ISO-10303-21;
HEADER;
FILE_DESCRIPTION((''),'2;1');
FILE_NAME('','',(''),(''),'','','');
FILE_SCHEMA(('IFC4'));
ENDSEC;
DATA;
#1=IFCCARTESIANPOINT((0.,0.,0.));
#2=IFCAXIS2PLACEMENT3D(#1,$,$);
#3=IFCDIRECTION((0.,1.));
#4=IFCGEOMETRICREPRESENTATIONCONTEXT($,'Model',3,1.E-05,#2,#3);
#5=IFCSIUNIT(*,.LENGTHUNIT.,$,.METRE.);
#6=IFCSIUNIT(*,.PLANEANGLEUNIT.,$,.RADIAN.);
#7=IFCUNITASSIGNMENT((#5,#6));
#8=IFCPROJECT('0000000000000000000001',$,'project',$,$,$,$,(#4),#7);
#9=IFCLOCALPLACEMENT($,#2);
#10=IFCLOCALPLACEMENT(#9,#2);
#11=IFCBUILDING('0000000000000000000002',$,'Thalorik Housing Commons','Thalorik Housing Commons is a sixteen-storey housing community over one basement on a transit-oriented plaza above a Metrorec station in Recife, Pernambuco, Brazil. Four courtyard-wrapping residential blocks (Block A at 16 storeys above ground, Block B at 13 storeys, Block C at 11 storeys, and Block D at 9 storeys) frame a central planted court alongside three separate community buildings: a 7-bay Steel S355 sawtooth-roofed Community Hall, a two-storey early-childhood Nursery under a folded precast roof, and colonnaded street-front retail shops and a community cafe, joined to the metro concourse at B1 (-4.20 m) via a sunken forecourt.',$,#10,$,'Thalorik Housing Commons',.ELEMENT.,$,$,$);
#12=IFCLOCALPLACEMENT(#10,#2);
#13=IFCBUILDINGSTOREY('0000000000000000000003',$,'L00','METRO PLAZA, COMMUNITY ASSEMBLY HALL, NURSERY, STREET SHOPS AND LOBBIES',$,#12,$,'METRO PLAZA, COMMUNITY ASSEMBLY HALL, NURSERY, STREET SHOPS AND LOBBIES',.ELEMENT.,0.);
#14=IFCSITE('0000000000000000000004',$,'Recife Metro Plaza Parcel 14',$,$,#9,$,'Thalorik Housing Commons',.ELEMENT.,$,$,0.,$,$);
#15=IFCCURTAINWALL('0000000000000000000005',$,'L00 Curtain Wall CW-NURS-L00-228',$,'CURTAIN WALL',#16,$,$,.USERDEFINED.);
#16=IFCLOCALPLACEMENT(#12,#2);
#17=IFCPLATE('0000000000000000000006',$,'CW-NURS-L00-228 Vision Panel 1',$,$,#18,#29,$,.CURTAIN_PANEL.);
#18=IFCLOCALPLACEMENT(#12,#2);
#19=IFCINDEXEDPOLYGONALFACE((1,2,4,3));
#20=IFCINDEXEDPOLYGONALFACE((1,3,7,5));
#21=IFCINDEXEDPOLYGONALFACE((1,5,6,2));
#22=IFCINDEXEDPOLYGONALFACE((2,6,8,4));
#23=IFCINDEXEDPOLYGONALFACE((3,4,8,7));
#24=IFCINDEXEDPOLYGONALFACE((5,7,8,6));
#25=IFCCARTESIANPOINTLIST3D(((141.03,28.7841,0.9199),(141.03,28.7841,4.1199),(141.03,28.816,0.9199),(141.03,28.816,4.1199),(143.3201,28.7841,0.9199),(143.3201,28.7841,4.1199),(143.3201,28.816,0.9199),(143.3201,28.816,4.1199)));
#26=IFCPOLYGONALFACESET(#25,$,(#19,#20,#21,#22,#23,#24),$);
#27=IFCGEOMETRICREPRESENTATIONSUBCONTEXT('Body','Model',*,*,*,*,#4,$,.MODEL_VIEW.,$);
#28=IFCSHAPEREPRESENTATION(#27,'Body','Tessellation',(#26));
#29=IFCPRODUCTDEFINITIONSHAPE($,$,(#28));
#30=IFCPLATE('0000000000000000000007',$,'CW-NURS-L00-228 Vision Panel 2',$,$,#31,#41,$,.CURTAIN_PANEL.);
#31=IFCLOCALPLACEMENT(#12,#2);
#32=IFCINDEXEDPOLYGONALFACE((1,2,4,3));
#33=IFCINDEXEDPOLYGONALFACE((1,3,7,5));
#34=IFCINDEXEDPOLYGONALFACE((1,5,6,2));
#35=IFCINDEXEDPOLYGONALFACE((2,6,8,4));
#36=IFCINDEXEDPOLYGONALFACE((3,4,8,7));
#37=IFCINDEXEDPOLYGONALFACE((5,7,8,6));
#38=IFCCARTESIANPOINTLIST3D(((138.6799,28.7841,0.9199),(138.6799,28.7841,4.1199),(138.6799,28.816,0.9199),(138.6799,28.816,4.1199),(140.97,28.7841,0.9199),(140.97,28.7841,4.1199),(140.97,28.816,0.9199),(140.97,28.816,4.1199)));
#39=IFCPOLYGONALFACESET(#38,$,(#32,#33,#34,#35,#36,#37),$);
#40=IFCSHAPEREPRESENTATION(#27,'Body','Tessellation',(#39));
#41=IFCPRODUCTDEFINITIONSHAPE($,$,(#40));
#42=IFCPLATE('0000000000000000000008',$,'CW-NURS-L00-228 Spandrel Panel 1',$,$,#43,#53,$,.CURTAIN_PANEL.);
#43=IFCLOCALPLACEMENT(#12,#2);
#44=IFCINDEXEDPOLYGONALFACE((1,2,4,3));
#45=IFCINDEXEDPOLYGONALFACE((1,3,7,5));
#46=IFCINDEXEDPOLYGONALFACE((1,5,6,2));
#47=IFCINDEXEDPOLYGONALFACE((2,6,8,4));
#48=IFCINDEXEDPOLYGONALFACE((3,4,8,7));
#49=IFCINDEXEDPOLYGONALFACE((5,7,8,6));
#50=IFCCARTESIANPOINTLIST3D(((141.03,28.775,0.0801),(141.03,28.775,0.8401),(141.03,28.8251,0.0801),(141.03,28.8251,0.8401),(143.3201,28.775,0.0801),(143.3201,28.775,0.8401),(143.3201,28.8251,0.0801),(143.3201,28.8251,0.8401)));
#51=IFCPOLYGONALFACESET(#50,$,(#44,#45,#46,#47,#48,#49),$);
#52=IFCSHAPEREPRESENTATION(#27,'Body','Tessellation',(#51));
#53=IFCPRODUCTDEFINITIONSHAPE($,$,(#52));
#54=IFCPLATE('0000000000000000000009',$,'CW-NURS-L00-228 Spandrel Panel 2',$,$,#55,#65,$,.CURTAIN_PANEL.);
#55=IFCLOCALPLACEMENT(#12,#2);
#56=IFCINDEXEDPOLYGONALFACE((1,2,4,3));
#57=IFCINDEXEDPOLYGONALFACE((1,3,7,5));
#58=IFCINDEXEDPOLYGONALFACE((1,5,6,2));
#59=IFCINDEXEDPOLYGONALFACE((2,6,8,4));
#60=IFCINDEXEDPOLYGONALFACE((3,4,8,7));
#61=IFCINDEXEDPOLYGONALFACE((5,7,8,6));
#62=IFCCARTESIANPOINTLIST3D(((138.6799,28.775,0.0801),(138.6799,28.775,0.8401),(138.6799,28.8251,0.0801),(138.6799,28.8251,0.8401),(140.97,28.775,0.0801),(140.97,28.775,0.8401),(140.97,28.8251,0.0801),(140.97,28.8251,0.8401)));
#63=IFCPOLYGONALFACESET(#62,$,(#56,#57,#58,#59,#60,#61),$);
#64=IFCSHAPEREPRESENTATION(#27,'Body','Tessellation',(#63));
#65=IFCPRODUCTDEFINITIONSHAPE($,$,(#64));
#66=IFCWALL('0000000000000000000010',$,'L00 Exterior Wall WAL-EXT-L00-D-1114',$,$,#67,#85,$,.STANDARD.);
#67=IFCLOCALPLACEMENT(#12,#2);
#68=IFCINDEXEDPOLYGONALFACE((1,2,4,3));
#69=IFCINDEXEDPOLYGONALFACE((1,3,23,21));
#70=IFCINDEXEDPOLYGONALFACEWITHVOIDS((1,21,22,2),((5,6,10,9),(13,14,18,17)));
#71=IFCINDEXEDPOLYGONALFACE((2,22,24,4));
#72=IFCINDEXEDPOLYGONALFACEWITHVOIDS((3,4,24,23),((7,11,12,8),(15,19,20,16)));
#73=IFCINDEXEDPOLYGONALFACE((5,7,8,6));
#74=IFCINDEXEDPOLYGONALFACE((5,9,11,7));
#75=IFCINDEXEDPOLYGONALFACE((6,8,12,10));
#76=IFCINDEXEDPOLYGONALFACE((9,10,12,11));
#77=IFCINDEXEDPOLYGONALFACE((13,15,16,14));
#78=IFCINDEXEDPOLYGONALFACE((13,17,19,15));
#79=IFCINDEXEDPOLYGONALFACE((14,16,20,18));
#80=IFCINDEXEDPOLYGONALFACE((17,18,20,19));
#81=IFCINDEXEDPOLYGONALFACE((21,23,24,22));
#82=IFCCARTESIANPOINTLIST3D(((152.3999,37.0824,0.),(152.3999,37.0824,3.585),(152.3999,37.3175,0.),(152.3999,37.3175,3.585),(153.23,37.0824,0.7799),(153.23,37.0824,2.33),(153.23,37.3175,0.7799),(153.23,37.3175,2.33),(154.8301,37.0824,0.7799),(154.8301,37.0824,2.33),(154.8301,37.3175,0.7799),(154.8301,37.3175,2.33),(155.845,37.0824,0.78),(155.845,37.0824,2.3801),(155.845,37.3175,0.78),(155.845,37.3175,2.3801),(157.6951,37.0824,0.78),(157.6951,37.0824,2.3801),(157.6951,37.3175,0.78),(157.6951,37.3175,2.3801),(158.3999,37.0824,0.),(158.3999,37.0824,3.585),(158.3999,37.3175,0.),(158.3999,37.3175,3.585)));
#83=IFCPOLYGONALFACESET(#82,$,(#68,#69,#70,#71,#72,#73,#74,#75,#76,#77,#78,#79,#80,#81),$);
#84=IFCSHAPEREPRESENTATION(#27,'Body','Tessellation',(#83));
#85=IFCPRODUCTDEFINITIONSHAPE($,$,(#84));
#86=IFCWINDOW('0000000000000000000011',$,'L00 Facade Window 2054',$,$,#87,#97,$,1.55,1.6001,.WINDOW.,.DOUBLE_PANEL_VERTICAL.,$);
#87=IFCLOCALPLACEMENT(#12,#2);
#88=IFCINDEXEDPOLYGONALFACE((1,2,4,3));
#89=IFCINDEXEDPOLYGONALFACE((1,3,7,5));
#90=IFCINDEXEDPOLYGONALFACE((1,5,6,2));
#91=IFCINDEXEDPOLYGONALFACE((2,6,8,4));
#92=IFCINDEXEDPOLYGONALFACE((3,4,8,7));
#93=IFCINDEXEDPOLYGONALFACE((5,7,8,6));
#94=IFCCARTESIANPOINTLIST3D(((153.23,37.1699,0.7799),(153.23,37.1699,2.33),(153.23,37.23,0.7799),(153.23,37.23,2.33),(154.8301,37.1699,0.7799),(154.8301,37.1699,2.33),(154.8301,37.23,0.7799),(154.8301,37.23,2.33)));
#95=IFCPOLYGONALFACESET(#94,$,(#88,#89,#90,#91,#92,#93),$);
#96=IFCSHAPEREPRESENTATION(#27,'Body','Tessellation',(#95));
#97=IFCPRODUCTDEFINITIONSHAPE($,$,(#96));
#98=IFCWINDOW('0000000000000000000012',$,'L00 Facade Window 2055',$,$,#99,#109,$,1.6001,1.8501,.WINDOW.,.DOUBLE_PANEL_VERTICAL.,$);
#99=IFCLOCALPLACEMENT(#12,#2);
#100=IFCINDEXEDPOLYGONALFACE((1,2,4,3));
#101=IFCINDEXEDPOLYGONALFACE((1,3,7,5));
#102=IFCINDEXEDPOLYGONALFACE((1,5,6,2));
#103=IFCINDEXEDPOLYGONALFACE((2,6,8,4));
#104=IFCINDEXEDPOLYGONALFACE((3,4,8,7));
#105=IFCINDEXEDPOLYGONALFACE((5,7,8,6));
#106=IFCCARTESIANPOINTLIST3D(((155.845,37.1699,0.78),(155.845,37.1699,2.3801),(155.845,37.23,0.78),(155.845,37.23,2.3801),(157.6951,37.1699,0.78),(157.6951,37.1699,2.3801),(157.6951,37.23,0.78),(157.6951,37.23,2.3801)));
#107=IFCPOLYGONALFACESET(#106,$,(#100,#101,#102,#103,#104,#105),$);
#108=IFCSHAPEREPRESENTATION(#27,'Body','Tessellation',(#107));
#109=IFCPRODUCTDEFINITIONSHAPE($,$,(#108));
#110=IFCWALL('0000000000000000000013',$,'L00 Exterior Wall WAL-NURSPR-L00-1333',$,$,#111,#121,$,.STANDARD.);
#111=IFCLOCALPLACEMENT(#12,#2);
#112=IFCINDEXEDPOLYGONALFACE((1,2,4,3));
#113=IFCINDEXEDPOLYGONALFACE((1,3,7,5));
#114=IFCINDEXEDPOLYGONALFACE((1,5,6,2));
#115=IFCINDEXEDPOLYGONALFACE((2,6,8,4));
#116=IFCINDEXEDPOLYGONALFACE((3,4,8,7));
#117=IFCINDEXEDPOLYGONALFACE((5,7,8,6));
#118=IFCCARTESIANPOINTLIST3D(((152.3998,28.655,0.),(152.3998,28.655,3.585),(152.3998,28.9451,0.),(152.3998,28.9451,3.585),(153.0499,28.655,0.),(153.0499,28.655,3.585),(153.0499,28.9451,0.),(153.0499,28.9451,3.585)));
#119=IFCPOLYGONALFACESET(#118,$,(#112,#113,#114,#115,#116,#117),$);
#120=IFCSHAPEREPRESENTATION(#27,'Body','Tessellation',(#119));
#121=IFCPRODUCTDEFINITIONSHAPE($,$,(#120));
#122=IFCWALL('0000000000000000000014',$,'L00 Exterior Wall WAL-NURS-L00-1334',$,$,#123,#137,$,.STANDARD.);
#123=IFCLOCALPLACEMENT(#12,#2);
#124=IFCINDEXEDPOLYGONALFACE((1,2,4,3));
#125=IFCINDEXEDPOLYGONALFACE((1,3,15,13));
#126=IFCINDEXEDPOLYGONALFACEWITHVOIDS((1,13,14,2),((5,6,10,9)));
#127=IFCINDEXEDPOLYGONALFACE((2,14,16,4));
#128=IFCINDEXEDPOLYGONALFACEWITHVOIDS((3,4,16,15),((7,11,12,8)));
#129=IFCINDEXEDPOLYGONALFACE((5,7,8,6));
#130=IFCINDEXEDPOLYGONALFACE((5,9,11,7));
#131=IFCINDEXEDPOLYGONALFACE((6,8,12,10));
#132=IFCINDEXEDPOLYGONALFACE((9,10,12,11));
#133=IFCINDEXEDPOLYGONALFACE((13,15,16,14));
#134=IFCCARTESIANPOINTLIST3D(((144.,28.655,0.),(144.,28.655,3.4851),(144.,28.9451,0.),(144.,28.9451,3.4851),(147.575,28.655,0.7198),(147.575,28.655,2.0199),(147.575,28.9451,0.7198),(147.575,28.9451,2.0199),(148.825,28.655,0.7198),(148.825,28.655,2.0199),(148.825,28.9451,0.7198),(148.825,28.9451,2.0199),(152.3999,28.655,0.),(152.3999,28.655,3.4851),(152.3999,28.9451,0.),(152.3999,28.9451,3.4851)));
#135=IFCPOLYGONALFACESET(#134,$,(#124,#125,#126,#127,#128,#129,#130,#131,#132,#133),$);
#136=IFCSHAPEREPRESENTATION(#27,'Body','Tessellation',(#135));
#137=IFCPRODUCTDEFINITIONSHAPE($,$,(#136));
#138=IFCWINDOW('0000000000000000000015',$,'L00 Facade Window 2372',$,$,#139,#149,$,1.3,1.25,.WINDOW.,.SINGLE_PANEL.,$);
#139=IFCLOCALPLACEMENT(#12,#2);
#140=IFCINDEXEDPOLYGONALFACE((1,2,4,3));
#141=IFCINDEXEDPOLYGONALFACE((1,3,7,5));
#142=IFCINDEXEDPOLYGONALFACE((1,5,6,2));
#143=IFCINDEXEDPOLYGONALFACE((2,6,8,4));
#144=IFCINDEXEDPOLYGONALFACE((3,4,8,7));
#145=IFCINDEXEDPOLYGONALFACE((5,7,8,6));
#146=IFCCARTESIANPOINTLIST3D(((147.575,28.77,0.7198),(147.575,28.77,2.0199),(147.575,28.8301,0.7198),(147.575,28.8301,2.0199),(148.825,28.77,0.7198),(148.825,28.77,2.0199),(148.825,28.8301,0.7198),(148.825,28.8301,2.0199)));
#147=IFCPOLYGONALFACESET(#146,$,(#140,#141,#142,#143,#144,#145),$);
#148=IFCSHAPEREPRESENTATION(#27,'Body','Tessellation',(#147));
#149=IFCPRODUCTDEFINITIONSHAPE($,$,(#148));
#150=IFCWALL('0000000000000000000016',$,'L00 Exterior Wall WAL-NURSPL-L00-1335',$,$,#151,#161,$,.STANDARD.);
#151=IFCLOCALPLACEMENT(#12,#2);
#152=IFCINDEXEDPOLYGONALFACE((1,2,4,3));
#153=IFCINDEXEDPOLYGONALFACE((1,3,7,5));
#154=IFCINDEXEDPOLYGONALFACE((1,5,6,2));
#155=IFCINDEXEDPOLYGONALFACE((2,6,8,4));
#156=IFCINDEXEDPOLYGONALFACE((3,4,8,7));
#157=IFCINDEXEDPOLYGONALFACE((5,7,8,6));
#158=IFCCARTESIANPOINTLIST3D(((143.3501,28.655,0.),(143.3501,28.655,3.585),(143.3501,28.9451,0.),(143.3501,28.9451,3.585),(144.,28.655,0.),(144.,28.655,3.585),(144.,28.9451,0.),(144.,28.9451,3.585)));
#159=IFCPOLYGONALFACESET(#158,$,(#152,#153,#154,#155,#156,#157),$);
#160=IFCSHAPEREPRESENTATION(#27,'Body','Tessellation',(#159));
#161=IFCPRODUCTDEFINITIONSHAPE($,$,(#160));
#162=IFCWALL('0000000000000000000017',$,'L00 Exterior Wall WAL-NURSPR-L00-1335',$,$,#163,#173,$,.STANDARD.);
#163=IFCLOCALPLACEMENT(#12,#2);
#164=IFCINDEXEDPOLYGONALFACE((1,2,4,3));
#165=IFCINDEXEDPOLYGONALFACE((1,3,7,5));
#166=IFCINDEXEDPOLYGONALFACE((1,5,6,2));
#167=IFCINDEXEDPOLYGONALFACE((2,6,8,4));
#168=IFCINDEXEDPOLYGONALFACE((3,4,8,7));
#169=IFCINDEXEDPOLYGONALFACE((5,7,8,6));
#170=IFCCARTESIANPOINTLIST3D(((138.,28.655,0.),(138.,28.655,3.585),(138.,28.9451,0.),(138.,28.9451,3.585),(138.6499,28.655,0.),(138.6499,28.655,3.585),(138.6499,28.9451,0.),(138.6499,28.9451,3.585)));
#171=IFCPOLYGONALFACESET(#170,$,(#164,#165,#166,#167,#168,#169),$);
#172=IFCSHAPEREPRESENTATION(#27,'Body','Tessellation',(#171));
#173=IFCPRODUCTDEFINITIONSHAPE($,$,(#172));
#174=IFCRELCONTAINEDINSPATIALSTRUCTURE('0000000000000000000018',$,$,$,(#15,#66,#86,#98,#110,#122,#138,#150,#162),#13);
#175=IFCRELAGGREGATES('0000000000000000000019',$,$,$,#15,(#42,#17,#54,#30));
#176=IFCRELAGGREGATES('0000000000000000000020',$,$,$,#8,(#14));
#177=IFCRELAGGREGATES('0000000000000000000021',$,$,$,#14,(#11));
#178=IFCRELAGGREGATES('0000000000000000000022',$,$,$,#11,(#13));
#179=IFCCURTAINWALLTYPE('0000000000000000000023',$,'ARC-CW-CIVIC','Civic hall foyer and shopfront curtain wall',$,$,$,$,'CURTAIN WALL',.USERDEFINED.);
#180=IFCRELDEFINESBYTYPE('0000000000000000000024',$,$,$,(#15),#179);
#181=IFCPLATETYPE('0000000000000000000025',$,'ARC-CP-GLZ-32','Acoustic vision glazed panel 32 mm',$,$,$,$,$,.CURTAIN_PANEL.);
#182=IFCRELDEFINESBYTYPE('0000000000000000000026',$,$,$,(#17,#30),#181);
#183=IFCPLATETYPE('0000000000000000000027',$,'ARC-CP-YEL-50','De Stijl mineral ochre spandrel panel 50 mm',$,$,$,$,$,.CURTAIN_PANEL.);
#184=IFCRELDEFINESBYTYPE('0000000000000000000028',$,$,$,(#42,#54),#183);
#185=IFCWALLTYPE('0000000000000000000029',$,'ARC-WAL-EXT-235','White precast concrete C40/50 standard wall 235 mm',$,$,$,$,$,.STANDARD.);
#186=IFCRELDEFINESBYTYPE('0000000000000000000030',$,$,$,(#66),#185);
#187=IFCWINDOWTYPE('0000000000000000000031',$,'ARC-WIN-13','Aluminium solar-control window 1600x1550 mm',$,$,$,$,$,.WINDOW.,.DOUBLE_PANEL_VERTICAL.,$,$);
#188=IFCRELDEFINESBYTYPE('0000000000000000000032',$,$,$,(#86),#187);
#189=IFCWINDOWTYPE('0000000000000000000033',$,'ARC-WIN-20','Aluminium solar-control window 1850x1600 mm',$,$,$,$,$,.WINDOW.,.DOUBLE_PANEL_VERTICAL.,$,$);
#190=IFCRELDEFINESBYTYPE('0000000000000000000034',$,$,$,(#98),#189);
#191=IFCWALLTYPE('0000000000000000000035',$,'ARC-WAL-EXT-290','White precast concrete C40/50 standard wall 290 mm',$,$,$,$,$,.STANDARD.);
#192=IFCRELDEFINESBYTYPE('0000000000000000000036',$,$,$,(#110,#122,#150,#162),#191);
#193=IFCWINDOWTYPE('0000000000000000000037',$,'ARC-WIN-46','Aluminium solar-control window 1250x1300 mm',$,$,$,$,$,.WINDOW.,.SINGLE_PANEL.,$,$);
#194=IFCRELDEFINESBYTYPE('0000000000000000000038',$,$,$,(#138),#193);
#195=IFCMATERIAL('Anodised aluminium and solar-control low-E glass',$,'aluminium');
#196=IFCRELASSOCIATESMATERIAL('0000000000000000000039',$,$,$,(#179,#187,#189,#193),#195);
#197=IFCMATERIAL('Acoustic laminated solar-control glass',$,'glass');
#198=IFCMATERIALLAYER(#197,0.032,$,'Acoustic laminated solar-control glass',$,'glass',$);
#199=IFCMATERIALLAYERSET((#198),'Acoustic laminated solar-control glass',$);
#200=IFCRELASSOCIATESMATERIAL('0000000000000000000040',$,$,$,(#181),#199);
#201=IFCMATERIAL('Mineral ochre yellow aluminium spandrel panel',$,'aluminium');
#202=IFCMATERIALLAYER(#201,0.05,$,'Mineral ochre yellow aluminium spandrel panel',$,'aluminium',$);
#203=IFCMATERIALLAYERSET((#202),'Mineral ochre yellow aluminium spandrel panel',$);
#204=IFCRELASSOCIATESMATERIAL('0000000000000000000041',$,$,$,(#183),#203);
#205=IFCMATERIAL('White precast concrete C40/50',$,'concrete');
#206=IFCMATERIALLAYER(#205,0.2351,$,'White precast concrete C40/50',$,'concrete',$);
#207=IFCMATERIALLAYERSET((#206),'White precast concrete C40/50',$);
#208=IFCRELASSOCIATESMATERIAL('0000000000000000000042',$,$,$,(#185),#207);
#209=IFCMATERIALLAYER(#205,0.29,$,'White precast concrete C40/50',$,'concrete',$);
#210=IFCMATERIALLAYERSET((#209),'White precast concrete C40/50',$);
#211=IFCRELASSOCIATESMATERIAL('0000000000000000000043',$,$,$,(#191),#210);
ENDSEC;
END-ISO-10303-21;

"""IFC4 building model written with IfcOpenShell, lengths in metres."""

from ifc_helpers import new_model, si_unit, direction, frame, frame_2d, origin, origin_2d, place, context, subcontext, project, spatial, rectangle, extrude, material, layer, layer_set, type_object, element, fill, aggregate, save


model = new_model("IFC4")

# Units and contexts
model_context = context("Model", 3, precision=1e-05, world=origin(), true_north=direction((0.0, 1.0)))
body_context = subcontext(model_context, "Body", "Model", "MODEL_VIEW")
ifc_project = project(units=[si_unit("LENGTHUNIT", "METRE"), si_unit("PLANEANGLEUNIT", "RADIAN")], contexts=[model_context])

# Site, building, storey
site_placement = place(None, origin())
site = spatial("IfcSite", under=ifc_project, at=site_placement, Name="Recife Metro Plaza Parcel 14", LongName="Thalorik Housing Commons", CompositionType="ELEMENT", RefElevation=0.0)
building_placement = place(site_placement, origin())
building = spatial("IfcBuilding", under=site, at=building_placement, Name="Thalorik Housing Commons", Description="Thalorik Housing Commons is a sixteen-storey housing community over one basement on a transit-oriented plaza above a Metrorec station in Recife, Pernambuco, Brazil. Four courtyard-wrapping residential blocks (Block A at 16 storeys above ground, Block B at 13 storeys, Block C at 11 storeys, and Block D at 9 storeys) frame a central planted court alongside three separate community buildings: a 7-bay Steel S355 sawtooth-roofed Community Hall, a two-storey early-childhood Nursery under a folded precast roof, and colonnaded street-front retail shops and a community cafe, joined to the metro concourse at B1 (-4.20 m) via a sunken forecourt.", LongName="Thalorik Housing Commons", CompositionType="ELEMENT")
storey_placement = place(building_placement, origin())
storey = spatial("IfcBuildingStorey", under=building, at=storey_placement, Name="L00", Description="METRO PLAZA, COMMUNITY ASSEMBLY HALL, NURSERY, STREET SHOPS AND LOBBIES", LongName="METRO PLAZA, COMMUNITY ASSEMBLY HALL, NURSERY, STREET SHOPS AND LOBBIES", CompositionType="ELEMENT", Elevation=0.0)

# Curtain wall
ifc_material_1 = material(Name="Anodised aluminium and solar-control low-E glass", Category="aluminium")
curtain_wall_type = type_object("IfcCurtainWallType", Name="ARC-CW-CIVIC", Description="Civic hall foyer and shopfront curtain wall", ElementType="CURTAIN WALL", PredefinedType="USERDEFINED", material=ifc_material_1)
curtain_wall_1_placement = place(storey_placement, origin())
curtain_wall_1 = element("IfcCurtainWall", 1, at=curtain_wall_1_placement, inside=storey, type_object=curtain_wall_type, Name="L00 Curtain Wall CW-NURS-L00-228", ObjectType="CURTAIN WALL", PredefinedType="USERDEFINED")

# Plates
ifc_material_2 = material(Name="Acoustic laminated solar-control glass", Category="glass")
ifc_layer_1 = layer(ifc_material_2, 0.032, Name="Acoustic laminated solar-control glass", Category="glass")
ifc_layer_set_1 = layer_set([ifc_layer_1], Name="Acoustic laminated solar-control glass")
plate_type_1 = type_object("IfcPlateType", Name="ARC-CP-GLZ-32", Description="Acoustic vision glazed panel 32 mm", PredefinedType="CURTAIN_PANEL", material=ifc_layer_set_1)
plate_1_placement = place(storey_placement, frame((142.175, 28.8, 0.9199), z_axis=(0.0, 0.0, 1.0), x_axis=(-1.0, 0.0, 0.0)))
plate_1 = element("IfcPlate", 2, at=plate_1_placement, type_object=plate_type_1, Name="CW-NURS-L00-228 Vision Panel 1", PredefinedType="CURTAIN_PANEL", context=body_context, shape_type="SweptSolid", body=[
    extrude(rectangle(XDim=2.29, YDim=0.032, at=origin_2d()), origin(), (0.0, 0.0, 1.0), 3.2),
])
plate_2_placement = place(storey_placement, frame((139.825, 28.8, 0.9199), z_axis=(0.0, 0.0, 1.0), x_axis=(-1.0, 0.0, 0.0)))
plate_2 = element("IfcPlate", 3, at=plate_2_placement, type_object=plate_type_1, Name="CW-NURS-L00-228 Vision Panel 2", PredefinedType="CURTAIN_PANEL", context=body_context, shape_type="SweptSolid", body=[
    extrude(rectangle(XDim=2.29, YDim=0.032, at=origin_2d()), origin(), (0.0, 0.0, 1.0), 3.2),
])
ifc_material_3 = material(Name="Mineral ochre yellow aluminium spandrel panel", Category="aluminium")
ifc_layer_2 = layer(ifc_material_3, 0.05, Name="Mineral ochre yellow aluminium spandrel panel", Category="aluminium")
ifc_layer_set_2 = layer_set([ifc_layer_2], Name="Mineral ochre yellow aluminium spandrel panel")
plate_type_2 = type_object("IfcPlateType", Name="ARC-CP-YEL-50", Description="De Stijl mineral ochre spandrel panel 50 mm", PredefinedType="CURTAIN_PANEL", material=ifc_layer_set_2)
plate_3_placement = place(storey_placement, frame((142.175, 28.8, 0.0801), z_axis=(0.0, 0.0, 1.0), x_axis=(-1.0, 0.0, 0.0)))
plate_3 = element("IfcPlate", 4, at=plate_3_placement, type_object=plate_type_2, Name="CW-NURS-L00-228 Spandrel Panel 1", PredefinedType="CURTAIN_PANEL", context=body_context, shape_type="SweptSolid", body=[
    extrude(rectangle(XDim=2.29, YDim=0.05, at=origin_2d()), origin(), (0.0, 0.0, 1.0), 0.76),
])
plate_4_placement = place(storey_placement, frame((139.825, 28.8, 0.0801), z_axis=(0.0, 0.0, 1.0), x_axis=(-1.0, 0.0, 0.0)))
plate_4 = element("IfcPlate", 5, at=plate_4_placement, type_object=plate_type_2, Name="CW-NURS-L00-228 Spandrel Panel 2", PredefinedType="CURTAIN_PANEL", context=body_context, shape_type="SweptSolid", body=[
    extrude(rectangle(XDim=2.29, YDim=0.05, at=origin_2d()), origin(), (0.0, 0.0, 1.0), 0.76),
])
aggregate(curtain_wall_1, [plate_3, plate_1, plate_4, plate_2])

# Wall, openings, windows
ifc_material_4 = material(Name="White precast concrete C40/50", Category="concrete")
ifc_layer_3 = layer(ifc_material_4, 0.2351, Name="White precast concrete C40/50", Category="concrete")
ifc_layer_set_3 = layer_set([ifc_layer_3], Name="White precast concrete C40/50")
wall_type_1 = type_object("IfcWallType", Name="ARC-WAL-EXT-235", Description="White precast concrete C40/50 standard wall 235 mm", PredefinedType="STANDARD", material=ifc_layer_set_3)
wall_1_placement = place(storey_placement, frame((152.3999, 37.2, 0.0), z_axis=(0.0, 0.0, 1.0), x_axis=(1.0, 0.0, 0.0)))
wall_1 = element("IfcWall", 6, at=wall_1_placement, inside=storey, type_object=wall_type_1, Name="L00 Exterior Wall WAL-EXT-L00-D-1114", PredefinedType="STANDARD", context=body_context, shape_type="SweptSolid", body=[
    extrude(rectangle(XDim=6.0, YDim=0.2351, at=frame_2d((3.0, 0.0))), origin(), (0.0, 0.0, 1.0), 3.585),
])
opening_1_placement = place(wall_1_placement, frame((0.8301, 0.0, 0.78)))
opening_1 = element("IfcOpeningElement", 7, at=opening_1_placement, cuts=wall_1, PredefinedType="OPENING", context=body_context, shape_type="SweptSolid", body=[
    extrude(rectangle(XDim=1.6001, YDim=1.55, at=frame_2d((0.8, 0.7749))), frame((0.0, 0.1274, 0.0), z_axis=(0.0, -1.0, 0.0), x_axis=(1.0, 0.0, 0.0)), (0.0, 0.0, 1.0), 0.2551),
])
opening_2_placement = place(wall_1_placement, frame((3.4451, 0.0, 0.78)))
opening_2 = element("IfcOpeningElement", 8, at=opening_2_placement, cuts=wall_1, PredefinedType="OPENING", context=body_context, shape_type="SweptSolid", body=[
    extrude(rectangle(XDim=1.8501, YDim=1.6001, at=frame_2d((0.925, 0.8))), frame((0.0, 0.1274, 0.0), z_axis=(0.0, -1.0, 0.0), x_axis=(1.0, 0.0, 0.0)), (0.0, 0.0, 1.0), 0.2551),
])
window_type_1 = type_object("IfcWindowType", Name="ARC-WIN-13", Description="Aluminium solar-control window 1600x1550 mm", PartitioningType="DOUBLE_PANEL_VERTICAL", PredefinedType="WINDOW", material=ifc_material_1)
window_1_placement = place(opening_1_placement, origin())
window_1 = element("IfcWindow", 9, at=window_1_placement, inside=storey, type_object=window_type_1, Name="L00 Facade Window 2054", OverallHeight=1.55, OverallWidth=1.6001, PartitioningType="DOUBLE_PANEL_VERTICAL", PredefinedType="WINDOW", context=body_context, shape_type="SweptSolid", body=[
    extrude(rectangle(XDim=1.6001, YDim=1.55, at=frame_2d((0.8, 0.7749))), frame((0.0, 0.03, 0.0), z_axis=(0.0, -1.0, 0.0), x_axis=(1.0, 0.0, 0.0)), (0.0, 0.0, 1.0), 0.0601),
])
fill(opening_1, window_1)
window_type_2 = type_object("IfcWindowType", Name="ARC-WIN-20", Description="Aluminium solar-control window 1850x1600 mm", PartitioningType="DOUBLE_PANEL_VERTICAL", PredefinedType="WINDOW", material=ifc_material_1)
window_2_placement = place(opening_2_placement, origin())
window_2 = element("IfcWindow", 10, at=window_2_placement, inside=storey, type_object=window_type_2, Name="L00 Facade Window 2055", OverallHeight=1.6001, OverallWidth=1.8501, PartitioningType="DOUBLE_PANEL_VERTICAL", PredefinedType="WINDOW", context=body_context, shape_type="SweptSolid", body=[
    extrude(rectangle(XDim=1.8501, YDim=1.6001, at=frame_2d((0.925, 0.8))), frame((0.0, 0.03, 0.0), z_axis=(0.0, -1.0, 0.0), x_axis=(1.0, 0.0, 0.0)), (0.0, 0.0, 1.0), 0.0601),
])
fill(opening_2, window_2)

# Wall
ifc_layer_4 = layer(ifc_material_4, 0.29, Name="White precast concrete C40/50", Category="concrete")
ifc_layer_set_4 = layer_set([ifc_layer_4], Name="White precast concrete C40/50")
wall_type_2 = type_object("IfcWallType", Name="ARC-WAL-EXT-290", Description="White precast concrete C40/50 standard wall 290 mm", PredefinedType="STANDARD", material=ifc_layer_set_4)
wall_2_placement = place(storey_placement, frame((153.05, 28.8, 0.0), z_axis=(0.0, 0.0, 1.0), x_axis=(-1.0, 0.0, 0.0)))
element("IfcWall", 11, at=wall_2_placement, inside=storey, type_object=wall_type_2, Name="L00 Exterior Wall WAL-NURSPR-L00-1333", PredefinedType="STANDARD", context=body_context, shape_type="SweptSolid", body=[
    extrude(rectangle(XDim=0.6501, YDim=0.29, at=frame_2d((0.3252, 0.0))), origin(), (0.0, 0.0, 1.0), 3.585),
])

# Wall, opening, window
wall_3_placement = place(storey_placement, frame((152.3999, 28.8, 0.0), z_axis=(0.0, 0.0, 1.0), x_axis=(-1.0, 0.0, 0.0)))
wall_3 = element("IfcWall", 12, at=wall_3_placement, inside=storey, type_object=wall_type_2, Name="L00 Exterior Wall WAL-NURS-L00-1334", PredefinedType="STANDARD", context=body_context, shape_type="SweptSolid", body=[
    extrude(rectangle(XDim=8.3999, YDim=0.29, at=frame_2d((4.2, 0.0))), origin(), (0.0, 0.0, 1.0), 3.4851),
])
opening_3_placement = place(wall_3_placement, frame((3.575, 0.0, 0.72)))
opening_3 = element("IfcOpeningElement", 13, at=opening_3_placement, cuts=wall_3, PredefinedType="OPENING", context=body_context, shape_type="SweptSolid", body=[
    extrude(rectangle(XDim=1.25, YDim=1.3, at=frame_2d((0.625, 0.6499))), frame((0.0, 0.155, 0.0), z_axis=(0.0, -1.0, 0.0), x_axis=(1.0, 0.0, 0.0)), (0.0, 0.0, 1.0), 0.3101),
])
window_type_3 = type_object("IfcWindowType", Name="ARC-WIN-46", Description="Aluminium solar-control window 1250x1300 mm", PartitioningType="SINGLE_PANEL", PredefinedType="WINDOW", material=ifc_material_1)
window_3_placement = place(opening_3_placement, origin())
window_3 = element("IfcWindow", 14, at=window_3_placement, inside=storey, type_object=window_type_3, Name="L00 Facade Window 2372", OverallHeight=1.3, OverallWidth=1.25, PartitioningType="SINGLE_PANEL", PredefinedType="WINDOW", context=body_context, shape_type="SweptSolid", body=[
    extrude(rectangle(XDim=1.25, YDim=1.3, at=frame_2d((0.625, 0.6499))), frame((0.0, 0.03, 0.0), z_axis=(0.0, -1.0, 0.0), x_axis=(1.0, 0.0, 0.0)), (0.0, 0.0, 1.0), 0.0601),
])
fill(opening_3, window_3)

# Walls
for number, where, z_axis, x_axis, name in (
    (15, (144.0, 28.8, 0.0), (0.0, 0.0, 1.0), (-1.0, 0.0, 0.0), "L00 Exterior Wall WAL-NURSPL-L00-1335"),
    (16, (138.6499, 28.8, 0.0), (0.0, 0.0, 1.0), (-1.0, 0.0, 0.0), "L00 Exterior Wall WAL-NURSPR-L00-1335"),
):
    element("IfcWall", number, at=place(storey_placement, frame(where, z_axis=z_axis, x_axis=x_axis)), inside=storey, type_object=wall_type_2, Name=name, PredefinedType="STANDARD", context=body_context, shape_type="SweptSolid", body=[
        extrude(rectangle(XDim=0.6499, YDim=0.29, at=frame_2d((0.325, 0.0))), origin(), (0.0, 0.0, 1.0), 3.585),
    ])

save(model, "model.ifc")
